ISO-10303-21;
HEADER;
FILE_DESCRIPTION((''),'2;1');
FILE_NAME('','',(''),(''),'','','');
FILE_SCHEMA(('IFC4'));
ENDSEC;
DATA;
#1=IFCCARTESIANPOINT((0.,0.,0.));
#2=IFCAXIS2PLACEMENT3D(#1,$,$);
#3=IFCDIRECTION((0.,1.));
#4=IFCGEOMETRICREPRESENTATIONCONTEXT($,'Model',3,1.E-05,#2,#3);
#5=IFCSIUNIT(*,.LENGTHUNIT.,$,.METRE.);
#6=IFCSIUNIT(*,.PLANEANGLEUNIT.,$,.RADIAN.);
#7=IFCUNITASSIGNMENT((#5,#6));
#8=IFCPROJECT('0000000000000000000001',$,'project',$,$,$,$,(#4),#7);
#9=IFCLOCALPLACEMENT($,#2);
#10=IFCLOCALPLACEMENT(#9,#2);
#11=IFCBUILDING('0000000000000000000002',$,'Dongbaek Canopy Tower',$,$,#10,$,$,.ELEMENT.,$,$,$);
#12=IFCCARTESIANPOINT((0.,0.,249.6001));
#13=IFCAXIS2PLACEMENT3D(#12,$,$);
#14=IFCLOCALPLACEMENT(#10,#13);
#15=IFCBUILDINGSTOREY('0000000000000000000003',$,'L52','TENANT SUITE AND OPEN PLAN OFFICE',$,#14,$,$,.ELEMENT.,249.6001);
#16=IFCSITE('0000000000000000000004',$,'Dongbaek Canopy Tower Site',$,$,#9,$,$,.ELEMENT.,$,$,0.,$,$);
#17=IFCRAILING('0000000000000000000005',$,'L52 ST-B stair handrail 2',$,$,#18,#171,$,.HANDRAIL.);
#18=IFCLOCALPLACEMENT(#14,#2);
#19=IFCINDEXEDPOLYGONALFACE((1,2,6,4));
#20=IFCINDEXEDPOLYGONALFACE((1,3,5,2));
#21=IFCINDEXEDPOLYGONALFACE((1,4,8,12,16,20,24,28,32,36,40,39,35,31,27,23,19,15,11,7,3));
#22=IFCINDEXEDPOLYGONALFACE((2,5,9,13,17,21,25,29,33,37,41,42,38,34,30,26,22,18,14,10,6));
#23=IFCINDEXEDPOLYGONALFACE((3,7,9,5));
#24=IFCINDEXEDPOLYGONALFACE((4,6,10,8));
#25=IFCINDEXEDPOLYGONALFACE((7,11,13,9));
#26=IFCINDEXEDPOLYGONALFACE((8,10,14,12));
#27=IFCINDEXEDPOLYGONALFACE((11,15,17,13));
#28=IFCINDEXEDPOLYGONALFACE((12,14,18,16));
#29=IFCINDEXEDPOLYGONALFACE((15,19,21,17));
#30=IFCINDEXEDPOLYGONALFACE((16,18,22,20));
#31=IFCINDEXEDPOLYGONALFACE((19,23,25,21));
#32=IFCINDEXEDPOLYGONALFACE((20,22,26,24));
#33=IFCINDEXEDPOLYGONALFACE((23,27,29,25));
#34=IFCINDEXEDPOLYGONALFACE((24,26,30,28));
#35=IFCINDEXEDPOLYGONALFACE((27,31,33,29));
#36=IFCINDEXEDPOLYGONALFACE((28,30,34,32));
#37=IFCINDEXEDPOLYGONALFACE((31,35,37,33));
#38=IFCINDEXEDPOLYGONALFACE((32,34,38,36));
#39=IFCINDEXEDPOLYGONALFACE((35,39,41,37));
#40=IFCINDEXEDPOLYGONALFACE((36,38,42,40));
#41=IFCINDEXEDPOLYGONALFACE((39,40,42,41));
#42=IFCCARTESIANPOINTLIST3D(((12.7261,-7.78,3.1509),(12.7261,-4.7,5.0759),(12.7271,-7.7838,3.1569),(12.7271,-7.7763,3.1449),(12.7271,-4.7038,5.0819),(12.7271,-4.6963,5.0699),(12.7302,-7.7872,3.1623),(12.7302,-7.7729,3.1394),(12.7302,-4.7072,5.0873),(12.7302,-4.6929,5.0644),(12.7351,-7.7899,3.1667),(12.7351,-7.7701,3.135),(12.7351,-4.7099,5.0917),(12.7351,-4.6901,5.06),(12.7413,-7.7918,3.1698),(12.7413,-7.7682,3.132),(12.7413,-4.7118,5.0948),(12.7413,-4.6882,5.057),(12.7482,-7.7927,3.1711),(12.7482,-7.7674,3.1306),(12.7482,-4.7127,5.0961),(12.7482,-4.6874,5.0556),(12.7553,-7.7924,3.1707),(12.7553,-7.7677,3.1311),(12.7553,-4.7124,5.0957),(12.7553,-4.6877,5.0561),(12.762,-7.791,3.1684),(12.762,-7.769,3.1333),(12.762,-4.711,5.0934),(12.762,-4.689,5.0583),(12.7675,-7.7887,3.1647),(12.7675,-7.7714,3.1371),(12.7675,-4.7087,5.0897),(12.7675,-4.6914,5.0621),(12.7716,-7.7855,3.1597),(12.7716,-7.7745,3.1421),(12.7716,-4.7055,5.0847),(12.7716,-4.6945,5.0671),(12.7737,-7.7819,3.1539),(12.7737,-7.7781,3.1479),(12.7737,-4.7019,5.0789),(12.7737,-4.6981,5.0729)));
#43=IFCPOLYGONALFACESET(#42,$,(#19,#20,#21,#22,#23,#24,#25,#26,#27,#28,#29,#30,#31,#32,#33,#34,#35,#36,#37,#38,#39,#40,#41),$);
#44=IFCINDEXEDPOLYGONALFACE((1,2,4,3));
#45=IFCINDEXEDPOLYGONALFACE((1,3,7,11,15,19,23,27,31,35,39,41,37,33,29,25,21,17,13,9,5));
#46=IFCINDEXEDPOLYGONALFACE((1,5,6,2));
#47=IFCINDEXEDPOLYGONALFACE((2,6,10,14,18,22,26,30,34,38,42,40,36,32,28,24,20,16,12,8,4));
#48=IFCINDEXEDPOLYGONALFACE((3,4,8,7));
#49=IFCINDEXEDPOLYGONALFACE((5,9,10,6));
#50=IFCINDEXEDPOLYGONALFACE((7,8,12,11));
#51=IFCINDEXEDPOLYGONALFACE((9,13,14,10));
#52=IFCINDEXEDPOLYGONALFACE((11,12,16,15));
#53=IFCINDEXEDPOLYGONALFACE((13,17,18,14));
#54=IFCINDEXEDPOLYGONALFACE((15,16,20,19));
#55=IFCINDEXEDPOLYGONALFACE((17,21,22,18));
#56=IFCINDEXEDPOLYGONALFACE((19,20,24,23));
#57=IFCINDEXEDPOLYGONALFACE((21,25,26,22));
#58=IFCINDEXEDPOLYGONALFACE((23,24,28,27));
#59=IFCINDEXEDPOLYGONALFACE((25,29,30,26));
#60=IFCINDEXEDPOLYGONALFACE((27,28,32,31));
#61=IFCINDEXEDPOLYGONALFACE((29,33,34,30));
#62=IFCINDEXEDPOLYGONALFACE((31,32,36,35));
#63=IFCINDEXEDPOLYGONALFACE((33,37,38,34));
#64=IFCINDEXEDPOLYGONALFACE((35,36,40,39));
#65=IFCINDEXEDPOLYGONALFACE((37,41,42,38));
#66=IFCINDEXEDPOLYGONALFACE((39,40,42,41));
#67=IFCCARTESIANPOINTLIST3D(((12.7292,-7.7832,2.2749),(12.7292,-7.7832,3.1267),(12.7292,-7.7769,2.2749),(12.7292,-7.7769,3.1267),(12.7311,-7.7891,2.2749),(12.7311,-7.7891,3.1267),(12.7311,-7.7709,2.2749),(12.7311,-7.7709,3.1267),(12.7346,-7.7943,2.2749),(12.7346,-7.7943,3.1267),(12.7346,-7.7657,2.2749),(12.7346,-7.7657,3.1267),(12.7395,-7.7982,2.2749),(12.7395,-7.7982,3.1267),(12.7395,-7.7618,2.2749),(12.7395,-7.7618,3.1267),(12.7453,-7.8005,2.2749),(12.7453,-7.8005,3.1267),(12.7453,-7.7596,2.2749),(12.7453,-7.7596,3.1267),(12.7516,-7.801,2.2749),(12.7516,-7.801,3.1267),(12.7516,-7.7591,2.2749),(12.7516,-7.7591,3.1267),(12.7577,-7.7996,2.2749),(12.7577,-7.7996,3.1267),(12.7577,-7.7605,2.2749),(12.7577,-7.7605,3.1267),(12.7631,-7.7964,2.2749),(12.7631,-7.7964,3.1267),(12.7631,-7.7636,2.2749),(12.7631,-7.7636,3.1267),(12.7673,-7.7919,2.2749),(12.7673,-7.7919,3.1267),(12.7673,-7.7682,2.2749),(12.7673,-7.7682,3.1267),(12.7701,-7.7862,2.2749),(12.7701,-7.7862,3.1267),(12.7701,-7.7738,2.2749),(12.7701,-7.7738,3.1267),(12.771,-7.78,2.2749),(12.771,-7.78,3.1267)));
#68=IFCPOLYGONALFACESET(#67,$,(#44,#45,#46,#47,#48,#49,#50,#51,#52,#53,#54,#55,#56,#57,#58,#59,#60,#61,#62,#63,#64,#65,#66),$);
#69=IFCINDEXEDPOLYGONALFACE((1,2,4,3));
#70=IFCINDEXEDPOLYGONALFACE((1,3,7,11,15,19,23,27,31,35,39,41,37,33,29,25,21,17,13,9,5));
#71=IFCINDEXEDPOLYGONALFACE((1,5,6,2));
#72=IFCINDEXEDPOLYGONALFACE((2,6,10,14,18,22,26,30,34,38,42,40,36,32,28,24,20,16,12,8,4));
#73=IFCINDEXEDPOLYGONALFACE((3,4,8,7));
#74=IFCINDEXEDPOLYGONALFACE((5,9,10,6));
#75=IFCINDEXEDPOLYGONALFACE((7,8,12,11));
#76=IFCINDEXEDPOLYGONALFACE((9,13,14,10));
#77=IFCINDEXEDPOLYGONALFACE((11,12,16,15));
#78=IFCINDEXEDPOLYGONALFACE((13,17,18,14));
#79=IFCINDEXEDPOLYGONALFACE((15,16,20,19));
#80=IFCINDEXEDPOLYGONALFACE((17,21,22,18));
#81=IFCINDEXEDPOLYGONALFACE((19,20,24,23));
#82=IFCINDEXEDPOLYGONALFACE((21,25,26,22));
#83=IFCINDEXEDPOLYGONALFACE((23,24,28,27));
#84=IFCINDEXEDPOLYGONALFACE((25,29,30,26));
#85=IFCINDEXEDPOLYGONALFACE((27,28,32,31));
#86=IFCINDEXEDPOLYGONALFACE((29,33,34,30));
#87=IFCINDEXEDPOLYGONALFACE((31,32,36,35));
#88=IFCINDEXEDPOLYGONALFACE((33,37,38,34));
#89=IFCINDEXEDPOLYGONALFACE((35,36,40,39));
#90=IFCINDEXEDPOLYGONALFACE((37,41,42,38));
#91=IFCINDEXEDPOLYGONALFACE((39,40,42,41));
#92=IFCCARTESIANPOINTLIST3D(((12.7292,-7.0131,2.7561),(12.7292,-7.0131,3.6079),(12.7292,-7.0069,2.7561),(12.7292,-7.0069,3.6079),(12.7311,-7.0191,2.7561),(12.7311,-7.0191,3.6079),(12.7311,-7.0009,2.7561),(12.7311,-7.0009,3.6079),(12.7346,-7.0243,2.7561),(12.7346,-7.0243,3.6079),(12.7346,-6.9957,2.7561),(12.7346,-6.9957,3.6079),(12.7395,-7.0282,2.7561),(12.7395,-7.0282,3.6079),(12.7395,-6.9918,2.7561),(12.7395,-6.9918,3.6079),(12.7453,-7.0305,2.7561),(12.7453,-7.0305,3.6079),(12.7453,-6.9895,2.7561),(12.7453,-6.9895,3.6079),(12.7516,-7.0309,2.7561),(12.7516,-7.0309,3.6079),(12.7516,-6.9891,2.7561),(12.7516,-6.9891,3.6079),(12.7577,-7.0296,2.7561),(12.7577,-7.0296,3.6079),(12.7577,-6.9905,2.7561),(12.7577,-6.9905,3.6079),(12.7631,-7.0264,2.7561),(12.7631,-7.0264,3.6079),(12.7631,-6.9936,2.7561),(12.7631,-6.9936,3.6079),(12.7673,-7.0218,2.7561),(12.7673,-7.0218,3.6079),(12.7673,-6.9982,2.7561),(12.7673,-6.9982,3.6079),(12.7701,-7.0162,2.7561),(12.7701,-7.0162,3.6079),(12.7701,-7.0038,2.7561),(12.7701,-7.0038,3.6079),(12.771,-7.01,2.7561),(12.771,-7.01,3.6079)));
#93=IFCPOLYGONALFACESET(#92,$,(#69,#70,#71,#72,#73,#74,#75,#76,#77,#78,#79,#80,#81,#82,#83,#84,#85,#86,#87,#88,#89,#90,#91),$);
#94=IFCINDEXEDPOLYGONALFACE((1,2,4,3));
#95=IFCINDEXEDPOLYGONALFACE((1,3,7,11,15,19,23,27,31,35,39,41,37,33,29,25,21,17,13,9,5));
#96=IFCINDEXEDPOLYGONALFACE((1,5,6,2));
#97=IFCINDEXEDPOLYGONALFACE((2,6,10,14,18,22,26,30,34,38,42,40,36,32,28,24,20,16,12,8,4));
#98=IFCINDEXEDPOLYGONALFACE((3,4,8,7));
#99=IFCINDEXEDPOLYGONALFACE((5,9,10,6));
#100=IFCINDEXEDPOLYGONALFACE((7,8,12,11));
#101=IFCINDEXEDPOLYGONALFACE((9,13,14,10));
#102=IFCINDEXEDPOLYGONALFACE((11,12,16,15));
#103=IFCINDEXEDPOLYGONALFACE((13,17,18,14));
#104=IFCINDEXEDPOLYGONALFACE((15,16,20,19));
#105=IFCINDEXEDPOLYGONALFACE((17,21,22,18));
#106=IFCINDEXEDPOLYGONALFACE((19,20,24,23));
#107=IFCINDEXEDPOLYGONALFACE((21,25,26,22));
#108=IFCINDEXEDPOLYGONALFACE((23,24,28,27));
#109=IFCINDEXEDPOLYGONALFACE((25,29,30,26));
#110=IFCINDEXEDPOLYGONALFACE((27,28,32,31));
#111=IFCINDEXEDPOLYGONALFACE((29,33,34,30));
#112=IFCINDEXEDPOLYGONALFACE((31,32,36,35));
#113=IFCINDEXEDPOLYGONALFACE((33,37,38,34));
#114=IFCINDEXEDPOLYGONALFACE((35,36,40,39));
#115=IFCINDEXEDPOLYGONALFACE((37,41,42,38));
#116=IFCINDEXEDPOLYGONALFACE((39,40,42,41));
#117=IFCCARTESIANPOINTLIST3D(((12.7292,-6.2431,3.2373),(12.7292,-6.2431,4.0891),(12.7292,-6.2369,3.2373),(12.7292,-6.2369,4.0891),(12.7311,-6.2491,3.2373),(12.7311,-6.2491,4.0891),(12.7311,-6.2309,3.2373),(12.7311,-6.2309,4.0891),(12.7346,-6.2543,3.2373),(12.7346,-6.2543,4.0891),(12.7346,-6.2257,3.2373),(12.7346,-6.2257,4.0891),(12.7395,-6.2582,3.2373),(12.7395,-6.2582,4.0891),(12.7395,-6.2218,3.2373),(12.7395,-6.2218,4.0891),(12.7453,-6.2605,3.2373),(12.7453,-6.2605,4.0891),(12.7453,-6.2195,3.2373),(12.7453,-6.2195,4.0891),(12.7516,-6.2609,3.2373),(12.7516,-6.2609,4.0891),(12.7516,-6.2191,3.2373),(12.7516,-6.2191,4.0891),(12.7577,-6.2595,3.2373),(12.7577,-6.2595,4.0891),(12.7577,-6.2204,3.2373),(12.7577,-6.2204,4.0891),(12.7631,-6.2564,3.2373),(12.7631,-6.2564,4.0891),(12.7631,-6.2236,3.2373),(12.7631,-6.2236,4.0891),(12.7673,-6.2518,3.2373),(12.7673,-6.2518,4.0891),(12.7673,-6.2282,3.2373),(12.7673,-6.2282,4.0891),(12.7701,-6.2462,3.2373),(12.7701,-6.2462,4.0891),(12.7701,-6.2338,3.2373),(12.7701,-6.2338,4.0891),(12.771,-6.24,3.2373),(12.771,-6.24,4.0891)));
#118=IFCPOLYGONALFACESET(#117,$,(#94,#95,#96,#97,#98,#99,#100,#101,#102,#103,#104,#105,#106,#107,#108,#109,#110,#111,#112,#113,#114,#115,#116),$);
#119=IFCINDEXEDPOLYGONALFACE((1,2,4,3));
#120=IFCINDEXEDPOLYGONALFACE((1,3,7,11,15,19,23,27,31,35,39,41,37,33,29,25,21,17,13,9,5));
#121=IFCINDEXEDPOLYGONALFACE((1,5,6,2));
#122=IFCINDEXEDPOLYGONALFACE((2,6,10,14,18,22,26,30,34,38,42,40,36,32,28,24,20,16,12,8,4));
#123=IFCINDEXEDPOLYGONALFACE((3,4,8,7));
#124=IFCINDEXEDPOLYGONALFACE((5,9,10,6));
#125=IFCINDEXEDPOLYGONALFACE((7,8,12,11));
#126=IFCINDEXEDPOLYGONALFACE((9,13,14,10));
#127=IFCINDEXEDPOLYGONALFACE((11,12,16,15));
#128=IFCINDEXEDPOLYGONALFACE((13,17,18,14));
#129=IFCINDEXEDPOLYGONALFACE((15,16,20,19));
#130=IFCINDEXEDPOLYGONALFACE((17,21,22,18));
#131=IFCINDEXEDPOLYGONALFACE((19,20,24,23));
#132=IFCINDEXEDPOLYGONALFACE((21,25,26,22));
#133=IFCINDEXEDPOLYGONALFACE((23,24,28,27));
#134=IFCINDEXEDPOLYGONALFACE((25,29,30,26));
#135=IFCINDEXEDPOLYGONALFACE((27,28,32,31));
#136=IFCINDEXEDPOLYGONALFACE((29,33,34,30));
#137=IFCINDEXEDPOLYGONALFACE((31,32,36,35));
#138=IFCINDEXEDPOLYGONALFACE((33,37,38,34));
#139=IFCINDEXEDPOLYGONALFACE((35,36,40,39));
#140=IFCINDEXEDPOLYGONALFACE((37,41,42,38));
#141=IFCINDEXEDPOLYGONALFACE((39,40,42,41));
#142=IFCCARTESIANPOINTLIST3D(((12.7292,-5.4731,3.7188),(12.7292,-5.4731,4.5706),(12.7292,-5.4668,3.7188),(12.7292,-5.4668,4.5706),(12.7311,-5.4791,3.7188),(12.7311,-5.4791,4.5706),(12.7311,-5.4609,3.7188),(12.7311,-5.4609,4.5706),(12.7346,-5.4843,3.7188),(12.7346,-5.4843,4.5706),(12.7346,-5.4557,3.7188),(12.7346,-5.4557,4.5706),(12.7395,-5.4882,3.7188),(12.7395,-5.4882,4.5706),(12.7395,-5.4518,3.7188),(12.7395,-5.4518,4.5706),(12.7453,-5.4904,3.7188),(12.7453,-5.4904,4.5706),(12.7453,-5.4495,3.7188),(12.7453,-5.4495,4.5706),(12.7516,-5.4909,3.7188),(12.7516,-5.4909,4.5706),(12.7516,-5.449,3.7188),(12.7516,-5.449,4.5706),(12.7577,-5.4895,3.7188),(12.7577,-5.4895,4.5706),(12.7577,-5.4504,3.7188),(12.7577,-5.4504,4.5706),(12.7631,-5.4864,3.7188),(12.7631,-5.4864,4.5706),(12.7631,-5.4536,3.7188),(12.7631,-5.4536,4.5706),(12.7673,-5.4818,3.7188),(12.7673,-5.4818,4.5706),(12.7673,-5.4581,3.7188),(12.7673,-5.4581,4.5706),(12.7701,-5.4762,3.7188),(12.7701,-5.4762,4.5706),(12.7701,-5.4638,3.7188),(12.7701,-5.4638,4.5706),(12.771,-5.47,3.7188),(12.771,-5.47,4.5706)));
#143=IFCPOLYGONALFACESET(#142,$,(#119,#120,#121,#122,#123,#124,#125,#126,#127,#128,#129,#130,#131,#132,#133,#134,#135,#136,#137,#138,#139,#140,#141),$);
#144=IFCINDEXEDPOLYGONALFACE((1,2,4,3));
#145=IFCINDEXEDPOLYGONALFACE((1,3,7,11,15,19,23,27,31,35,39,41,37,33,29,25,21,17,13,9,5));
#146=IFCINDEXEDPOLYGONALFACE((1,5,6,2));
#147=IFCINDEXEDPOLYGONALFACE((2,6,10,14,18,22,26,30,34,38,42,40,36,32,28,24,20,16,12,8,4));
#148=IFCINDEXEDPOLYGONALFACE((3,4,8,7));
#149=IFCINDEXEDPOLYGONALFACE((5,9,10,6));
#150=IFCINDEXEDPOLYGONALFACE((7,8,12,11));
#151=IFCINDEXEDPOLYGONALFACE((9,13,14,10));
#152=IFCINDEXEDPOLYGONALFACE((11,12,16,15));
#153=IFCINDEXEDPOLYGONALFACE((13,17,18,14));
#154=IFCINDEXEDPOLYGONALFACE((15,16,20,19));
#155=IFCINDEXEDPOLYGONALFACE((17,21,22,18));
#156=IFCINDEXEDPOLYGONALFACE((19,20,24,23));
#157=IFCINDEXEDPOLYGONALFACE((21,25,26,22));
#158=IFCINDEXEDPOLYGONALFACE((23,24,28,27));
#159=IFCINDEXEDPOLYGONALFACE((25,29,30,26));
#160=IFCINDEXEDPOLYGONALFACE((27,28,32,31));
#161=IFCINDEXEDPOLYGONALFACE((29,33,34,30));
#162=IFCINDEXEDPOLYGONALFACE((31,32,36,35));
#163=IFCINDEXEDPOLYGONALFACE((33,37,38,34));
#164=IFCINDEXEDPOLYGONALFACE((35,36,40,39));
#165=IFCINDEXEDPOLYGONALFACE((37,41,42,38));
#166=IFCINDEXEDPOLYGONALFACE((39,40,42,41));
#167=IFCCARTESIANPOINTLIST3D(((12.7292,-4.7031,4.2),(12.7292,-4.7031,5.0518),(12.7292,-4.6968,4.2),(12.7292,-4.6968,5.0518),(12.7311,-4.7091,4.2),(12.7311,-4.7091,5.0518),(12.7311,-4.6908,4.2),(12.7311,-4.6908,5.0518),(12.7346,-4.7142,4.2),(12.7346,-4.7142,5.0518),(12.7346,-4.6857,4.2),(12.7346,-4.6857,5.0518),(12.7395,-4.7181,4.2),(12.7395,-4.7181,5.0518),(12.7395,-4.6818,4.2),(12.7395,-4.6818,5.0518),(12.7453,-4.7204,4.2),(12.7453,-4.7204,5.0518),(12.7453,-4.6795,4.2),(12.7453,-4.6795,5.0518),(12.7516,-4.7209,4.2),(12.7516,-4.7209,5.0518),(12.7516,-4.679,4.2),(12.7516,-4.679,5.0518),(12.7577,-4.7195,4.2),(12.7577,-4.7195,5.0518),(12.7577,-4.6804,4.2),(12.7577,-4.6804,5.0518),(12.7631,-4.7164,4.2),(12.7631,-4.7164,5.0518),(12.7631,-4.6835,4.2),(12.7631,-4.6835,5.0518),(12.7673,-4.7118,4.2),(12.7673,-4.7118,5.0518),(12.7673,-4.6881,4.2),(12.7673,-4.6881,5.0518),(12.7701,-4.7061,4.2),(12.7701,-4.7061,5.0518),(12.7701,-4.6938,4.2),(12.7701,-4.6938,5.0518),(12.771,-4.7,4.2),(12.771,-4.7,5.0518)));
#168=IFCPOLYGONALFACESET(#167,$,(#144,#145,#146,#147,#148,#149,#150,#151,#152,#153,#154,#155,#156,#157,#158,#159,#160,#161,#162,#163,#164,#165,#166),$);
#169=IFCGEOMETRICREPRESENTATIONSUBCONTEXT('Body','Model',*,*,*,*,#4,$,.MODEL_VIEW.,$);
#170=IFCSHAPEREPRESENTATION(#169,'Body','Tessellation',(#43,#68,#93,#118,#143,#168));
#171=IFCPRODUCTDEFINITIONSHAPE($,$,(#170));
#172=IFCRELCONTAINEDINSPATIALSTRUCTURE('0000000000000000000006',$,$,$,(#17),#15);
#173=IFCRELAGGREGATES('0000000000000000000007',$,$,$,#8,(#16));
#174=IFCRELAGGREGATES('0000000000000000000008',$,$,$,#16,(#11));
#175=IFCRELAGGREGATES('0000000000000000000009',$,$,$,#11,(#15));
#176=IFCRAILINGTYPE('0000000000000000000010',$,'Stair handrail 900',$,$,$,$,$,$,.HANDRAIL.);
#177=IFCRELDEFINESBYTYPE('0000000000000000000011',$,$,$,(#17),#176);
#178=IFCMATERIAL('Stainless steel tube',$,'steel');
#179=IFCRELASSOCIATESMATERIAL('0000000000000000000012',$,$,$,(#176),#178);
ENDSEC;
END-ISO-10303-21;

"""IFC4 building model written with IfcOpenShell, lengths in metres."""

from ifc_helpers import new_model, si_unit, direction, frame, origin, origin_2d, place, context, subcontext, project, spatial, circle, extrude, material, type_object, element, save


model = new_model("IFC4")

# Units and contexts
model_context = context("Model", 3, precision=1e-05, world=origin(), true_north=direction((0.0, 1.0)))
body_context = subcontext(model_context, "Body", "Model", "MODEL_VIEW")
ifc_project = project(units=[si_unit("LENGTHUNIT", "METRE"), si_unit("PLANEANGLEUNIT", "RADIAN")], contexts=[model_context])

# Site, building, storey
site_placement = place(None, origin())
site = spatial("IfcSite", under=ifc_project, at=site_placement, Name="Dongbaek Canopy Tower Site", CompositionType="ELEMENT", RefElevation=0.0)
building_placement = place(site_placement, origin())
building = spatial("IfcBuilding", under=site, at=building_placement, Name="Dongbaek Canopy Tower", CompositionType="ELEMENT")
storey_placement = place(building_placement, frame((0.0, 0.0, 249.6001)))
storey = spatial("IfcBuildingStorey", under=building, at=storey_placement, Name="L52", Description="TENANT SUITE AND OPEN PLAN OFFICE", CompositionType="ELEMENT", Elevation=249.6001)

# Railing
ifc_material_1 = material(Name="Stainless steel tube", Category="steel")
railing_type_1 = type_object("IfcRailingType", Name="Stair handrail 900", PredefinedType="HANDRAIL", material=ifc_material_1)
railing_1_placement = place(storey_placement, frame((12.75, -7.78, 2.2749)))
element("IfcRailing", 1, at=railing_1_placement, inside=storey, type_object=railing_type_1, Name="L52 ST-B stair handrail 2", PredefinedType="HANDRAIL", context=body_context, shape_type="SweptSolid", body=[
    extrude(circle(Radius=0.0239, at=origin_2d()), frame((0.0, 0.0, 0.876), z_axis=(0.0, 0.847998, 0.529999), x_axis=(-1.0, 0.0, 0.0)), (0.0, 0.0, 1.0), 3.6321),
    extrude(circle(Radius=0.021, at=origin_2d()), origin(), (0.0, 0.0, 1.0), 0.8518),
    extrude(circle(Radius=0.021, at=origin_2d()), frame((0.0, 0.77, 0.4812)), (0.0, 0.0, 1.0), 0.8518),
    extrude(circle(Radius=0.021, at=origin_2d()), frame((0.0, 1.54, 0.9624)), (0.0, 0.0, 1.0), 0.8518),
    extrude(circle(Radius=0.021, at=origin_2d()), frame((0.0, 2.3101, 1.4438)), (0.0, 0.0, 1.0), 0.8518),
    extrude(circle(Radius=0.021, at=origin_2d()), frame((0.0, 3.0801, 1.925)), (0.0, 0.0, 1.0), 0.8518),
])

save(model, "model.ifc")
